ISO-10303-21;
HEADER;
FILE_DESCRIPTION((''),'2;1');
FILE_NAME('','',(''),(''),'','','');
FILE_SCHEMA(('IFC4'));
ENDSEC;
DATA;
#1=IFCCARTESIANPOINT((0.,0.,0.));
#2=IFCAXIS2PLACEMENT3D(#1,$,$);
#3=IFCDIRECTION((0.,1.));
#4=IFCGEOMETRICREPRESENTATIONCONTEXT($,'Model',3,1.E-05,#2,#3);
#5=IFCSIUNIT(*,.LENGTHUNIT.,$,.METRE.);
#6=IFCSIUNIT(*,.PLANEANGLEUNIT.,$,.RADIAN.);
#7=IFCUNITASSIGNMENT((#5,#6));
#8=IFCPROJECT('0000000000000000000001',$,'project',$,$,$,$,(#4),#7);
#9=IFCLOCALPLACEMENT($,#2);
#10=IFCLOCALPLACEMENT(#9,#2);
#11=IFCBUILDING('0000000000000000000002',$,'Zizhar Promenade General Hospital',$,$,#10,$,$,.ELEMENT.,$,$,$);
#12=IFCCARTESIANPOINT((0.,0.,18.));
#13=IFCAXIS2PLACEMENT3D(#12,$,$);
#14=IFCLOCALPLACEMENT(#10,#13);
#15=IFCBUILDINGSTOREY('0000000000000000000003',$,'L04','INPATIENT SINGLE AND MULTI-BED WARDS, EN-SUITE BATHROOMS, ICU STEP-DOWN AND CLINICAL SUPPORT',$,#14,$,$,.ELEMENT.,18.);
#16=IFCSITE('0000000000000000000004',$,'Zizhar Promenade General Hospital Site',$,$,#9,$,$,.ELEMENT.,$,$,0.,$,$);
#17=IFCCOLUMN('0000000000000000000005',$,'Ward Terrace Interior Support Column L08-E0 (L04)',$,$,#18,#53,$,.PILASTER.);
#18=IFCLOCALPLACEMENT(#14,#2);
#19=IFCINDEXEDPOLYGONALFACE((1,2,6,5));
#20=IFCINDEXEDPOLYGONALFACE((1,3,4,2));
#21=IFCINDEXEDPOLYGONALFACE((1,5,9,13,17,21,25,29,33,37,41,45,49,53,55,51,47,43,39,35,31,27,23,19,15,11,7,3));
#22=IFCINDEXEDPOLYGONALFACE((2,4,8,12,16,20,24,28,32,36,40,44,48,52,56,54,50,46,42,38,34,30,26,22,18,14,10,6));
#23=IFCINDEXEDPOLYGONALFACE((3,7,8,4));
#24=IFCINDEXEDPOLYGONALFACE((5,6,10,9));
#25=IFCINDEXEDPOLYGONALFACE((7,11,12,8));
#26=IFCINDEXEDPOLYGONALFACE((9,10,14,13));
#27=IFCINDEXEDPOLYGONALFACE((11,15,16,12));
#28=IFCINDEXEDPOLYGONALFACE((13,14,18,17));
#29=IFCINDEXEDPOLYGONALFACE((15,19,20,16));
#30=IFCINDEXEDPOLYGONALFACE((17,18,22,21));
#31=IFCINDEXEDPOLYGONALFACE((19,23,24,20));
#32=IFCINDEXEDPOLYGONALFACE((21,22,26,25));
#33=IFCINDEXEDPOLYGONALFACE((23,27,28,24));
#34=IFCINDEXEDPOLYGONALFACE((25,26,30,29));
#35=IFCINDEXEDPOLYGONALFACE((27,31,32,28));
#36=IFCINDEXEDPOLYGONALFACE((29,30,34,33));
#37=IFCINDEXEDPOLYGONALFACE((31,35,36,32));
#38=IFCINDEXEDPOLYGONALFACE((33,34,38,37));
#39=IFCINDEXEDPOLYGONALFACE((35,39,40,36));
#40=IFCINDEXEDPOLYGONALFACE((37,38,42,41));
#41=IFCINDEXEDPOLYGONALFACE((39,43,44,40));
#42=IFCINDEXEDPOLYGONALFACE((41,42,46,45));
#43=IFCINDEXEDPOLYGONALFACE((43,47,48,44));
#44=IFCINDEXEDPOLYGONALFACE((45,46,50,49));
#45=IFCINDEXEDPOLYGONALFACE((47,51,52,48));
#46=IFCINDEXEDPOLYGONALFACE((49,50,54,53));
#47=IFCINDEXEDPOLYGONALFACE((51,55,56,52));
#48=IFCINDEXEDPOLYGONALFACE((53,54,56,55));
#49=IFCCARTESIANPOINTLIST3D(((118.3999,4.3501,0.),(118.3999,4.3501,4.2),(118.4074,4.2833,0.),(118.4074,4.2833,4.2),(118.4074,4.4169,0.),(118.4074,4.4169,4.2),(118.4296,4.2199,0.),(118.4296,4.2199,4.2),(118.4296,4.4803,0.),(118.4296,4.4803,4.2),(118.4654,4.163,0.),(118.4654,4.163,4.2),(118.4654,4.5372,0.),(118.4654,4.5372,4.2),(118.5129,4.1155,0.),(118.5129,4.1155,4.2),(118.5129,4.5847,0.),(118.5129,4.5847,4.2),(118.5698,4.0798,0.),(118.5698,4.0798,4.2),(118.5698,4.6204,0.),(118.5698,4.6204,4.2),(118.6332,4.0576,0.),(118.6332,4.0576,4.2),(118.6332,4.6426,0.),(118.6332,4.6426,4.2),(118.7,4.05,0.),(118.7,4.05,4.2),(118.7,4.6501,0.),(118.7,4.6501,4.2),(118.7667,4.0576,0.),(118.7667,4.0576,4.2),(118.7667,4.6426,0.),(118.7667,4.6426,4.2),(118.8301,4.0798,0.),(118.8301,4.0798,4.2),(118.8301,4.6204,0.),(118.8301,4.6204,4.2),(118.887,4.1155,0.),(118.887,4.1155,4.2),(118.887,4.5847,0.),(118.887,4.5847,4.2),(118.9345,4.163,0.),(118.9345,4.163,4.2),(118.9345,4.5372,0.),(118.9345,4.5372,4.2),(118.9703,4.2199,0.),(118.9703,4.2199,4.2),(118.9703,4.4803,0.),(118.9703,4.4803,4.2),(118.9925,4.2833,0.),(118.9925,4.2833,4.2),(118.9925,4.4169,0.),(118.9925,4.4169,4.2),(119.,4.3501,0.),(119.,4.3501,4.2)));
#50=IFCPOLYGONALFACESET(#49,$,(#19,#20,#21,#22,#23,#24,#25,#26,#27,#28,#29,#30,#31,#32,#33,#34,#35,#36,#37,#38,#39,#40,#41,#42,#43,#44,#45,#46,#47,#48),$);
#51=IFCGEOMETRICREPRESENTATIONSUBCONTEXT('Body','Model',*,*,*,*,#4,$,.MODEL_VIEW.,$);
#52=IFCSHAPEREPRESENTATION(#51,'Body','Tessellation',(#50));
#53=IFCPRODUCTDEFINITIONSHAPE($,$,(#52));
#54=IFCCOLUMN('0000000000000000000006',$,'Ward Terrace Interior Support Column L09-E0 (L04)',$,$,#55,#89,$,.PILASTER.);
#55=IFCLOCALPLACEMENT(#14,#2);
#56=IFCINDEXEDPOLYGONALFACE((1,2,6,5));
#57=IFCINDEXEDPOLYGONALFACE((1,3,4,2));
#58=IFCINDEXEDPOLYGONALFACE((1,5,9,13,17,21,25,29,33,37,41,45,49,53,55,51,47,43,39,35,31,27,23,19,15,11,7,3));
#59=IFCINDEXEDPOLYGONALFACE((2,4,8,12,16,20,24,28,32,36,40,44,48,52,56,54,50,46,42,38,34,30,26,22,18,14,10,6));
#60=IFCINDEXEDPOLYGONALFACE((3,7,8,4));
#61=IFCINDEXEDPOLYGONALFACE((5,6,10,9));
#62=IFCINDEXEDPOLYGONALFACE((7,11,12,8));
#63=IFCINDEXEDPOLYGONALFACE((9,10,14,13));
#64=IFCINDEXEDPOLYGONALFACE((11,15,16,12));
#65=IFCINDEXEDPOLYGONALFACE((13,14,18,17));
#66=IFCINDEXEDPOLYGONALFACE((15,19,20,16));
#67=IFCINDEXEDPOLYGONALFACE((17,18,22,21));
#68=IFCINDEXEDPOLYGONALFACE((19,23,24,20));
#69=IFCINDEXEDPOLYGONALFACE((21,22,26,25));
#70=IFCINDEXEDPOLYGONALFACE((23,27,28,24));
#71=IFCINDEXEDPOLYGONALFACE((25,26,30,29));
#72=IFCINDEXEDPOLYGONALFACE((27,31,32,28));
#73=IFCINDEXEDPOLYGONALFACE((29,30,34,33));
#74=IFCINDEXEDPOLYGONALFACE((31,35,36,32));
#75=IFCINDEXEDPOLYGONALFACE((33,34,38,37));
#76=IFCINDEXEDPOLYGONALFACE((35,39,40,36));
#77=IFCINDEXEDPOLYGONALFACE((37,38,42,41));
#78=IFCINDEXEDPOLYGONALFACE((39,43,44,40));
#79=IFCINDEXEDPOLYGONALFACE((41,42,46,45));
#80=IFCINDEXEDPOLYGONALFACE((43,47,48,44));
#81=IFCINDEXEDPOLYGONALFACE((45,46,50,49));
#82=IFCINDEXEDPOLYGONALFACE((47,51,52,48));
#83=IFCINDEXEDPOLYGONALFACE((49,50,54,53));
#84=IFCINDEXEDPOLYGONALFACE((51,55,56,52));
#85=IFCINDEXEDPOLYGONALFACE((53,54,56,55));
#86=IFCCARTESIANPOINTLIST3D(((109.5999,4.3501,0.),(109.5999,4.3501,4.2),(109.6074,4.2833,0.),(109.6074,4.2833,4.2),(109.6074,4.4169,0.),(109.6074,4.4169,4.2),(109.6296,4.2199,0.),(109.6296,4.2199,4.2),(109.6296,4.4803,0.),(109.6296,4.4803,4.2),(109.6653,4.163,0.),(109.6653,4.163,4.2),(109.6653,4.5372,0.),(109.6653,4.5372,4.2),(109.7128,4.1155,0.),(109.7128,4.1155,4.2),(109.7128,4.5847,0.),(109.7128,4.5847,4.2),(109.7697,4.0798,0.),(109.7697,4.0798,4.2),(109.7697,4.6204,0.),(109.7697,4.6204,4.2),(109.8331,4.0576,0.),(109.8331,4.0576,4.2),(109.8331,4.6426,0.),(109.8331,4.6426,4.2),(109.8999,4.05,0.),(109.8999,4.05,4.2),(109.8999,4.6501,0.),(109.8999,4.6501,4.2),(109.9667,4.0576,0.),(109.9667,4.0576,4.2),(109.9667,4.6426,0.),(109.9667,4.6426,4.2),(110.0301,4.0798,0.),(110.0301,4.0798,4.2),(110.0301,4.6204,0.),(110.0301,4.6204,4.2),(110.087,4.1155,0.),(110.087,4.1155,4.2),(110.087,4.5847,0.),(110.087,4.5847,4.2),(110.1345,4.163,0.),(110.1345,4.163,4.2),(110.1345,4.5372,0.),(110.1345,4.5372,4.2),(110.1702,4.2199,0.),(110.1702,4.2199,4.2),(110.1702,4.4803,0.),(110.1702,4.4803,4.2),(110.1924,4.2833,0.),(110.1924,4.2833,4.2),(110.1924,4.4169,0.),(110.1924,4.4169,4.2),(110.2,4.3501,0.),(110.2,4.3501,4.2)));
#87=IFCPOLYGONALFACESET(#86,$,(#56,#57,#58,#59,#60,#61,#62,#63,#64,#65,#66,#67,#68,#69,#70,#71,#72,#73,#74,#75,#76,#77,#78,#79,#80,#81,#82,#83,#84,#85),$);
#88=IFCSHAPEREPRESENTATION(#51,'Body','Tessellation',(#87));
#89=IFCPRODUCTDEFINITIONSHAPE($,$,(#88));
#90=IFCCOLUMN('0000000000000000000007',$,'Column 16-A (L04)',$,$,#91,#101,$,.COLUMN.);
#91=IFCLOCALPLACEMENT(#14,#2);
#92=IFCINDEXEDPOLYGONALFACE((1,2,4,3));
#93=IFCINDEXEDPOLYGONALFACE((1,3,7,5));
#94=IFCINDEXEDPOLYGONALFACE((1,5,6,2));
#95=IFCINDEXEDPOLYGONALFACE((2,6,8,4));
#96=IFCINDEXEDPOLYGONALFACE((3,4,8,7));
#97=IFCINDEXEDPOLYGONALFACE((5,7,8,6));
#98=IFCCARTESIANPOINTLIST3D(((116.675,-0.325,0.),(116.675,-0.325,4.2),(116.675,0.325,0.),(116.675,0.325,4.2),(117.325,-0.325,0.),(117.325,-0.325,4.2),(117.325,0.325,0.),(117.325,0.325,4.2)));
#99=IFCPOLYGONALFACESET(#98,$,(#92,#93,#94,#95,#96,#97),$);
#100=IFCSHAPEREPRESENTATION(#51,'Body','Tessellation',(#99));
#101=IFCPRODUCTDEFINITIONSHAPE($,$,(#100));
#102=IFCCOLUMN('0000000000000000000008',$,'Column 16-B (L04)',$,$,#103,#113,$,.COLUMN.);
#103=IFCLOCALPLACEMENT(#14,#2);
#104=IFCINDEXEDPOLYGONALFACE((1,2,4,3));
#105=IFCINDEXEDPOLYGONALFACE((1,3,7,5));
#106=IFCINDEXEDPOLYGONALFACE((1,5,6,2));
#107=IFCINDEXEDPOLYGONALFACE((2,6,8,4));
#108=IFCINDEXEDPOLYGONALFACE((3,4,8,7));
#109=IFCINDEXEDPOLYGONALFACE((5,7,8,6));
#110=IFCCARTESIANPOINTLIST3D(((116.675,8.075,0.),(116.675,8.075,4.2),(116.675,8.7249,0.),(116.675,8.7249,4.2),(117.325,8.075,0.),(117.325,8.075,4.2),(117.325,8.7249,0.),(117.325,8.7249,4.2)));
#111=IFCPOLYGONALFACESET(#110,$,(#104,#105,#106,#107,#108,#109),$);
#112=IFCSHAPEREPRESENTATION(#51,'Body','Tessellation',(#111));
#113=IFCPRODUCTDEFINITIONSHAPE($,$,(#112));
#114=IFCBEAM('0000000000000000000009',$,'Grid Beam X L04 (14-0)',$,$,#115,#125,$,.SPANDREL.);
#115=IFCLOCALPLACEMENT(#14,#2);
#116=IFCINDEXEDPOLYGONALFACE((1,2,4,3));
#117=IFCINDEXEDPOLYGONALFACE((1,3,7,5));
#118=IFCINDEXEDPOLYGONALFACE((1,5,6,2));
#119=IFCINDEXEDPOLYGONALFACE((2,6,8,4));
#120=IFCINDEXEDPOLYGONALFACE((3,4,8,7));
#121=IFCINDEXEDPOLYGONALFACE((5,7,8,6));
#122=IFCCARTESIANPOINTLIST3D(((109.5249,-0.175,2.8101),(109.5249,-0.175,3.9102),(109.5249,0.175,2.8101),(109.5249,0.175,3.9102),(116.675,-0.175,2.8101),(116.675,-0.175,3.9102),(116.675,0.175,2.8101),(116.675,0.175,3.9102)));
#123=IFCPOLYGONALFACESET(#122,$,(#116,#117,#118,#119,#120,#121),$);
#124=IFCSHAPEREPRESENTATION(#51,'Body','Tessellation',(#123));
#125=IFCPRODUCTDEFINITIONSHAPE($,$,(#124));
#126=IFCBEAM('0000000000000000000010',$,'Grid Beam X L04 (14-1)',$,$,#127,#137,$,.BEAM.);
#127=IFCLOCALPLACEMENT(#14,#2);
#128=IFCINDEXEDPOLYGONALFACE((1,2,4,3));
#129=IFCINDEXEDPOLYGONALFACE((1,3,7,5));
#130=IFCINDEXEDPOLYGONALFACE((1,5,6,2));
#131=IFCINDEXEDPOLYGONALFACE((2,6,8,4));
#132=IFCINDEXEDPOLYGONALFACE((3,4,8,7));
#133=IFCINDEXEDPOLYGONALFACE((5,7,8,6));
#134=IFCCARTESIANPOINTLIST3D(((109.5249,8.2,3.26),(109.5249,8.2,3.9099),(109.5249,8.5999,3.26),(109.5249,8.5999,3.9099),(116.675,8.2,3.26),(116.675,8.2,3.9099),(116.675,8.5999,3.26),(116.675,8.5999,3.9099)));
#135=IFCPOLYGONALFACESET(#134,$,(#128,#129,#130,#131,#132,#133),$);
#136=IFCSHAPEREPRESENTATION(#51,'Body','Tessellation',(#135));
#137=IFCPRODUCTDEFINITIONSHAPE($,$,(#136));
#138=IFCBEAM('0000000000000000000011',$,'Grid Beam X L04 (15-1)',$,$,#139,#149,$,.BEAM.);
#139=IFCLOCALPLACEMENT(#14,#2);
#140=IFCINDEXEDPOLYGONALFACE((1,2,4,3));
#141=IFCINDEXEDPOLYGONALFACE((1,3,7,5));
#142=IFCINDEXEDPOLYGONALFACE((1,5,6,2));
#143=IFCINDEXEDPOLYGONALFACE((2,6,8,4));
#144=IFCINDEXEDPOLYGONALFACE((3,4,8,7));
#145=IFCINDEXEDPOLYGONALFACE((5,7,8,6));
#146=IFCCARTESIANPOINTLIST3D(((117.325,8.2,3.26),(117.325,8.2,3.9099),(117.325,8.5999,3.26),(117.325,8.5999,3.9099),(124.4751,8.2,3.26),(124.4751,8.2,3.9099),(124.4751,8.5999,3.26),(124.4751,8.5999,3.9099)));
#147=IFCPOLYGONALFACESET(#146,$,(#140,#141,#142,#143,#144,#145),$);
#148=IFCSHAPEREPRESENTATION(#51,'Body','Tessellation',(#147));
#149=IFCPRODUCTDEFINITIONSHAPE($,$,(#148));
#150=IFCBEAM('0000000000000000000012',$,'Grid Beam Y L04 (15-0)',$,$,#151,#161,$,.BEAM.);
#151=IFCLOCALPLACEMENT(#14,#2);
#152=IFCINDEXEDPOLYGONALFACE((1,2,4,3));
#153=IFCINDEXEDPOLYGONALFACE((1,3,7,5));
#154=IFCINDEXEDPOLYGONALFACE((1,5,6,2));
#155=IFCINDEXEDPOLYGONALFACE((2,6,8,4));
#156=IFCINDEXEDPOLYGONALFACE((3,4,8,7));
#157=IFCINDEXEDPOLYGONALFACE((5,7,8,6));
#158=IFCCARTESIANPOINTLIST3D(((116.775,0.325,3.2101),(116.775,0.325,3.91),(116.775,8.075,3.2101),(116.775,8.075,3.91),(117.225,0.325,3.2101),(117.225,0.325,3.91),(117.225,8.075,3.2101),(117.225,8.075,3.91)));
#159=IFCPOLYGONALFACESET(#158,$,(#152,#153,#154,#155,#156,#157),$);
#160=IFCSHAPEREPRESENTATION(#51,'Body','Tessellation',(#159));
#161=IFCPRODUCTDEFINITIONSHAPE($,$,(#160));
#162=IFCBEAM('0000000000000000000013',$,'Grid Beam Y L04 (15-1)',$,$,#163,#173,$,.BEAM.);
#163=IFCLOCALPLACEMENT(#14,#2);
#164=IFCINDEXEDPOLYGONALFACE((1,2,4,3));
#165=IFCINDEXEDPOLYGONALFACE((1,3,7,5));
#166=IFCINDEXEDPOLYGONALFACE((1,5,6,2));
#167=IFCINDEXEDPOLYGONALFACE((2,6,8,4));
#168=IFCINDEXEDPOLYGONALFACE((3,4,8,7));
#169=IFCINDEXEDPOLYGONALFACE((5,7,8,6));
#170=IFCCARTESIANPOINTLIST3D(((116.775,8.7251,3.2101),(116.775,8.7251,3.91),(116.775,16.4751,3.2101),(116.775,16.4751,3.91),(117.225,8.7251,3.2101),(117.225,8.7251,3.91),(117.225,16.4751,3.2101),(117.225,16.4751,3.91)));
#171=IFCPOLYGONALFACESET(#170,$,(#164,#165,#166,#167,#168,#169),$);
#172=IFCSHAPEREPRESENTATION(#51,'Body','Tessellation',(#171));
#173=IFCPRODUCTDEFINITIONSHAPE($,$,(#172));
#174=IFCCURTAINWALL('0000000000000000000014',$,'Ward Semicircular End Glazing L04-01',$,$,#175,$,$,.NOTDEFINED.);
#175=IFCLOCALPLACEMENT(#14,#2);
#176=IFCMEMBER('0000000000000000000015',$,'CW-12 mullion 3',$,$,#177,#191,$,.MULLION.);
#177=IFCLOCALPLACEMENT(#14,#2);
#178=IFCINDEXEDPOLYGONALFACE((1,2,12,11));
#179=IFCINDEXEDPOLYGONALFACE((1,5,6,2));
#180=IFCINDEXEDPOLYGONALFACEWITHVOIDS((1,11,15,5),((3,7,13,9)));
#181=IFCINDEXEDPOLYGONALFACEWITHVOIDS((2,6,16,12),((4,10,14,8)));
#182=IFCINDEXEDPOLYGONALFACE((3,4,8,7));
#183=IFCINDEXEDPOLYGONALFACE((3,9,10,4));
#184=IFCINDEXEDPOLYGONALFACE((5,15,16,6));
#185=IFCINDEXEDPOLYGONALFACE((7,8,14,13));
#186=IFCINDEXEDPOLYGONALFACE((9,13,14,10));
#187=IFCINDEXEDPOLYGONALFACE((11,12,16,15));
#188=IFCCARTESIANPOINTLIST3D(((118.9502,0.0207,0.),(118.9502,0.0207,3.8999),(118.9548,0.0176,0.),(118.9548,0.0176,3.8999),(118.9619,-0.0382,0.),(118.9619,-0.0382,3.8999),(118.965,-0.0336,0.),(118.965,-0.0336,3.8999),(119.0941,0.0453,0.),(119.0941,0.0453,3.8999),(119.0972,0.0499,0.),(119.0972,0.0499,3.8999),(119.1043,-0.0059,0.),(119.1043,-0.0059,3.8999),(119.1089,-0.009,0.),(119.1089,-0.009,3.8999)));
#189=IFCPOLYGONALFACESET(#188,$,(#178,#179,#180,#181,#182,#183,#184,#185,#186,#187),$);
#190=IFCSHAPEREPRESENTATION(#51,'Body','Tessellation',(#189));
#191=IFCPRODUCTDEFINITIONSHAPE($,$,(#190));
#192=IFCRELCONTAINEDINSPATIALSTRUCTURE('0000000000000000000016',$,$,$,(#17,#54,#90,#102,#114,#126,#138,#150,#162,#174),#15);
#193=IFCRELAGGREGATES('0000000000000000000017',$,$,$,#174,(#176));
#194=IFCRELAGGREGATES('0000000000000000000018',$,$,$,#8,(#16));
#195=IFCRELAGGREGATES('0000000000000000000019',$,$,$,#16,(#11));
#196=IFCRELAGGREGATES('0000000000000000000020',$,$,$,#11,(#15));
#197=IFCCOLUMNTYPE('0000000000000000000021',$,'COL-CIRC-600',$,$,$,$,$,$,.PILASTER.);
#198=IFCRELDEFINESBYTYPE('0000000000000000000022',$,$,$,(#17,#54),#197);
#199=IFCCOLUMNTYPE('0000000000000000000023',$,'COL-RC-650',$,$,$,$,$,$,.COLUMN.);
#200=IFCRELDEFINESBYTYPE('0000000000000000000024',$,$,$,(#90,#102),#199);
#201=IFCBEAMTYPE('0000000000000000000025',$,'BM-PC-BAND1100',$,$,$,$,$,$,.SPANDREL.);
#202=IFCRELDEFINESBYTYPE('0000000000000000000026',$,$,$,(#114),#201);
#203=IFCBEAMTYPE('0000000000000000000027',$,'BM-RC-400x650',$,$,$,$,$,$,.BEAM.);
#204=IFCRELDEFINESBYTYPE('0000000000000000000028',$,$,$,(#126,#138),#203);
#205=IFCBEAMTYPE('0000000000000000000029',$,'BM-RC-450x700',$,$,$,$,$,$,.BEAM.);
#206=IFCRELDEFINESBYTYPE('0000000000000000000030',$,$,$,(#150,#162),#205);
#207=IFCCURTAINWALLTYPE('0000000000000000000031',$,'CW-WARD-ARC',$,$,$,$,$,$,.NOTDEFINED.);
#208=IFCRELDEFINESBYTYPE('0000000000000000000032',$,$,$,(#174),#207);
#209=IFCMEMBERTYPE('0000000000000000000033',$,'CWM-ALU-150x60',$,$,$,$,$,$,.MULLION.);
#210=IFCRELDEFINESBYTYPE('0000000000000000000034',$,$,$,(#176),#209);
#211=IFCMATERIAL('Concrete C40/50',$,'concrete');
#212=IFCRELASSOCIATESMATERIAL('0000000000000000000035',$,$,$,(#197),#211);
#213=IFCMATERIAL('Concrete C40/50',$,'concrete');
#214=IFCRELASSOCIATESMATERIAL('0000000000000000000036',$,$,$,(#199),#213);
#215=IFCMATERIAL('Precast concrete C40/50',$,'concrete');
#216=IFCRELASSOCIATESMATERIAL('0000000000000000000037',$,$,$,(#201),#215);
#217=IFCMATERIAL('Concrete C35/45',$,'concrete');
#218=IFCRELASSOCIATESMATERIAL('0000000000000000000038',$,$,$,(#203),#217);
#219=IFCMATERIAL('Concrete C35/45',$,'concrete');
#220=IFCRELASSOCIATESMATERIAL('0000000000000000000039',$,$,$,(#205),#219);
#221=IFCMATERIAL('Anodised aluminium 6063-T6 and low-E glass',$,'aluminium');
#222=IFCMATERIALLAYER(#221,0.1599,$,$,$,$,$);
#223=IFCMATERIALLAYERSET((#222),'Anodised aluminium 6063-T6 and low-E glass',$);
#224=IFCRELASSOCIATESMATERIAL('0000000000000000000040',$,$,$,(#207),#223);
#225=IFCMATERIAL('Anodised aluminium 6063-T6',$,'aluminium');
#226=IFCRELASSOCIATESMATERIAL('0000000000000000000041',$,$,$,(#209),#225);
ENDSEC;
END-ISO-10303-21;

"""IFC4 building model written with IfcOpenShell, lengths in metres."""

from ifc_helpers import new_model, si_unit, direction, frame, origin, origin_2d, place, context, subcontext, project, spatial, rectangle, hollow_rectangle, circle, extrude, material, layer, layer_set, material_profile, profile_set, type_object, element, aggregate, save


model = new_model("IFC4")

# Units and contexts
model_context = context("Model", 3, precision=1e-05, world=origin(), true_north=direction((0.0, 1.0)))
body_context = subcontext(model_context, "Body", "Model", "MODEL_VIEW")
ifc_project = project(units=[si_unit("LENGTHUNIT", "METRE"), si_unit("PLANEANGLEUNIT", "RADIAN")], contexts=[model_context])

# Site, building, storey
site_placement = place(None, origin())
site = spatial("IfcSite", under=ifc_project, at=site_placement, Name="Zizhar Promenade General Hospital Site", CompositionType="ELEMENT", RefElevation=0.0)
building_placement = place(site_placement, origin())
building = spatial("IfcBuilding", under=site, at=building_placement, Name="Zizhar Promenade General Hospital", CompositionType="ELEMENT")
storey_placement = place(building_placement, frame((0.0, 0.0, 18.0)))
storey = spatial("IfcBuildingStorey", under=building, at=storey_placement, Name="L04", Description="INPATIENT SINGLE AND MULTI-BED WARDS, EN-SUITE BATHROOMS, ICU STEP-DOWN AND CLINICAL SUPPORT", CompositionType="ELEMENT", Elevation=18.0)

# Columns
ifc_material_1 = material(Name="Concrete C40/50", Category="concrete")
ifc_material_profile_1 = material_profile(ifc_material_1, circle(Radius=0.3, at=origin_2d()))
ifc_profile_set_1 = profile_set([ifc_material_profile_1], Name="Concrete C40/50")
column_type_1 = type_object("IfcColumnType", Name="COL-CIRC-600", PredefinedType="PILASTER", material=ifc_profile_set_1)
for number, where, z_axis, x_axis, name in (
    (1, (118.7, 4.3501, 0.0), (0.0, 0.0, 1.0), (1.0, 0.0, 0.0), "Ward Terrace Interior Support Column L08-E0 (L04)"),
    (2, (109.8999, 4.3501, 0.0), (0.0, 0.0, 1.0), (1.0, 0.0, 0.0), "Ward Terrace Interior Support Column L09-E0 (L04)"),
):
    element("IfcColumn", number, at=place(storey_placement, frame(where, z_axis=z_axis, x_axis=x_axis)), inside=storey, type_object=column_type_1, Name=name, PredefinedType="PILASTER", context=body_context, shape_type="SweptSolid", body=[
        extrude(circle(Radius=0.3, at=origin_2d()), origin(), (0.0, 0.0, 1.0), 4.2),
    ])
ifc_material_2 = material(Name="Concrete C40/50", Category="concrete")
ifc_material_profile_2 = material_profile(ifc_material_2, rectangle(XDim=0.6499, YDim=0.6499, at=origin_2d()))
ifc_profile_set_2 = profile_set([ifc_material_profile_2], Name="Concrete C40/50")
column_type_2 = type_object("IfcColumnType", Name="COL-RC-650", PredefinedType="COLUMN", material=ifc_profile_set_2)
for number, where, z_axis, x_axis, name in (
    (3, (117.0, 0.0, 0.0), (0.0, 0.0, 1.0), (1.0, 0.0, 0.0), "Column 16-A (L04)"),
    (4, (117.0, 8.3999, 0.0), (0.0, 0.0, 1.0), (1.0, 0.0, 0.0), "Column 16-B (L04)"),
):
    element("IfcColumn", number, at=place(storey_placement, frame(where, z_axis=z_axis, x_axis=x_axis)), inside=storey, type_object=column_type_2, Name=name, PredefinedType="COLUMN", context=body_context, shape_type="SweptSolid", body=[
        extrude(rectangle(XDim=0.6499, YDim=0.6499, at=origin_2d()), origin(), (0.0, 0.0, 1.0), 4.2),
    ])

# Beams
ifc_material_3 = material(Name="Precast concrete C40/50", Category="concrete")
ifc_material_profile_3 = material_profile(ifc_material_3, rectangle(XDim=0.3501, YDim=1.1001, at=origin_2d()))
ifc_profile_set_3 = profile_set([ifc_material_profile_3], Name="Precast concrete C40/50")
beam_type_1 = type_object("IfcBeamType", Name="BM-PC-BAND1100", PredefinedType="SPANDREL", material=ifc_profile_set_3)
beam_placement = place(storey_placement, frame((109.5249, 0.0, 3.3601), z_axis=(1.0, 0.0, 0.0), x_axis=(0.0, 1.0, 0.0)))
element("IfcBeam", 5, at=beam_placement, inside=storey, type_object=beam_type_1, Name="Grid Beam X L04 (14-0)", PredefinedType="SPANDREL", context=body_context, shape_type="SweptSolid", body=[
    extrude(rectangle(XDim=0.3501, YDim=1.1001, at=origin_2d()), origin(), (0.0, 0.0, 1.0), 7.1501),
])
ifc_material_4 = material(Name="Concrete C35/45", Category="concrete")
ifc_material_profile_4 = material_profile(ifc_material_4, rectangle(XDim=0.3999, YDim=0.6499, at=origin_2d()))
ifc_profile_set_4 = profile_set([ifc_material_profile_4], Name="Concrete C35/45")
beam_type_2 = type_object("IfcBeamType", Name="BM-RC-400x650", PredefinedType="BEAM", material=ifc_profile_set_4)
for number, where, z_axis, x_axis, name in (
    (6, (109.5249, 8.3999, 3.585), (1.0, 0.0, 0.0), (0.0, 1.0, 0.0), "Grid Beam X L04 (14-1)"),
    (7, (117.325, 8.3999, 3.585), (1.0, 0.0, 0.0), (0.0, 1.0, 0.0), "Grid Beam X L04 (15-1)"),
):
    element("IfcBeam", number, at=place(storey_placement, frame(where, z_axis=z_axis, x_axis=x_axis)), inside=storey, type_object=beam_type_2, Name=name, PredefinedType="BEAM", context=body_context, shape_type="SweptSolid", body=[
        extrude(rectangle(XDim=0.3999, YDim=0.6499, at=origin_2d()), origin(), (0.0, 0.0, 1.0), 7.1501),
    ])
ifc_material_5 = material(Name="Concrete C35/45", Category="concrete")
ifc_material_profile_5 = material_profile(ifc_material_5, rectangle(XDim=0.45, YDim=0.7, at=origin_2d()))
ifc_profile_set_5 = profile_set([ifc_material_profile_5], Name="Concrete C35/45")
beam_type_3 = type_object("IfcBeamType", Name="BM-RC-450x700", PredefinedType="BEAM", material=ifc_profile_set_5)
for number, where, z_axis, x_axis, name in (
    (8, (117.0, 0.325, 3.5601), (0.0, 1.0, 0.0), (-1.0, 0.0, 0.0), "Grid Beam Y L04 (15-0)"),
    (9, (117.0, 8.7251, 3.5601), (0.0, 1.0, 0.0), (-1.0, 0.0, 0.0), "Grid Beam Y L04 (15-1)"),
):
    element("IfcBeam", number, at=place(storey_placement, frame(where, z_axis=z_axis, x_axis=x_axis)), inside=storey, type_object=beam_type_3, Name=name, PredefinedType="BEAM", context=body_context, shape_type="SweptSolid", body=[
        extrude(rectangle(XDim=0.45, YDim=0.7, at=origin_2d()), origin(), (0.0, 0.0, 1.0), 7.75),
    ])

# Curtain wall, member
ifc_material_6 = material(Name="Anodised aluminium 6063-T6 and low-E glass", Category="aluminium")
ifc_layer_1 = layer(ifc_material_6, 0.1599)
ifc_layer_set_1 = layer_set([ifc_layer_1], Name="Anodised aluminium 6063-T6 and low-E glass")
curtain_wall_type = type_object("IfcCurtainWallType", Name="CW-WARD-ARC", PredefinedType="NOTDEFINED", material=ifc_layer_set_1)
curtain_wall_placement = place(storey_placement, origin())
curtain_wall = element("IfcCurtainWall", 10, at=curtain_wall_placement, inside=storey, type_object=curtain_wall_type, Name="Ward Semicircular End Glazing L04-01", PredefinedType="NOTDEFINED")
ifc_material_7 = material(Name="Anodised aluminium 6063-T6", Category="aluminium")
ifc_material_profile_6 = material_profile(ifc_material_7, hollow_rectangle(XDim=0.0601, YDim=0.1499, WallThickness=0.0039, at=origin_2d()))
ifc_profile_set_6 = profile_set([ifc_material_profile_6], Name="Anodised aluminium 6063-T6")
member_type = type_object("IfcMemberType", Name="CWM-ALU-150x60", PredefinedType="MULLION", material=ifc_profile_set_6)
member_placement = place(storey_placement, frame((119.0295, 0.0059, 0.0), z_axis=(0.0, 0.0, 1.0), x_axis=(0.195087, -0.980786, 0.0)))
member = element("IfcMember", 11, at=member_placement, type_object=member_type, Name="CW-12 mullion 3", PredefinedType="MULLION", context=body_context, shape_type="SweptSolid", body=[
    extrude(hollow_rectangle(XDim=0.0601, YDim=0.1499, WallThickness=0.0039, at=origin_2d()), origin(), (0.0, 0.0, 1.0), 3.8999),
])
aggregate(curtain_wall, [member])

save(model, "model.ifc")
